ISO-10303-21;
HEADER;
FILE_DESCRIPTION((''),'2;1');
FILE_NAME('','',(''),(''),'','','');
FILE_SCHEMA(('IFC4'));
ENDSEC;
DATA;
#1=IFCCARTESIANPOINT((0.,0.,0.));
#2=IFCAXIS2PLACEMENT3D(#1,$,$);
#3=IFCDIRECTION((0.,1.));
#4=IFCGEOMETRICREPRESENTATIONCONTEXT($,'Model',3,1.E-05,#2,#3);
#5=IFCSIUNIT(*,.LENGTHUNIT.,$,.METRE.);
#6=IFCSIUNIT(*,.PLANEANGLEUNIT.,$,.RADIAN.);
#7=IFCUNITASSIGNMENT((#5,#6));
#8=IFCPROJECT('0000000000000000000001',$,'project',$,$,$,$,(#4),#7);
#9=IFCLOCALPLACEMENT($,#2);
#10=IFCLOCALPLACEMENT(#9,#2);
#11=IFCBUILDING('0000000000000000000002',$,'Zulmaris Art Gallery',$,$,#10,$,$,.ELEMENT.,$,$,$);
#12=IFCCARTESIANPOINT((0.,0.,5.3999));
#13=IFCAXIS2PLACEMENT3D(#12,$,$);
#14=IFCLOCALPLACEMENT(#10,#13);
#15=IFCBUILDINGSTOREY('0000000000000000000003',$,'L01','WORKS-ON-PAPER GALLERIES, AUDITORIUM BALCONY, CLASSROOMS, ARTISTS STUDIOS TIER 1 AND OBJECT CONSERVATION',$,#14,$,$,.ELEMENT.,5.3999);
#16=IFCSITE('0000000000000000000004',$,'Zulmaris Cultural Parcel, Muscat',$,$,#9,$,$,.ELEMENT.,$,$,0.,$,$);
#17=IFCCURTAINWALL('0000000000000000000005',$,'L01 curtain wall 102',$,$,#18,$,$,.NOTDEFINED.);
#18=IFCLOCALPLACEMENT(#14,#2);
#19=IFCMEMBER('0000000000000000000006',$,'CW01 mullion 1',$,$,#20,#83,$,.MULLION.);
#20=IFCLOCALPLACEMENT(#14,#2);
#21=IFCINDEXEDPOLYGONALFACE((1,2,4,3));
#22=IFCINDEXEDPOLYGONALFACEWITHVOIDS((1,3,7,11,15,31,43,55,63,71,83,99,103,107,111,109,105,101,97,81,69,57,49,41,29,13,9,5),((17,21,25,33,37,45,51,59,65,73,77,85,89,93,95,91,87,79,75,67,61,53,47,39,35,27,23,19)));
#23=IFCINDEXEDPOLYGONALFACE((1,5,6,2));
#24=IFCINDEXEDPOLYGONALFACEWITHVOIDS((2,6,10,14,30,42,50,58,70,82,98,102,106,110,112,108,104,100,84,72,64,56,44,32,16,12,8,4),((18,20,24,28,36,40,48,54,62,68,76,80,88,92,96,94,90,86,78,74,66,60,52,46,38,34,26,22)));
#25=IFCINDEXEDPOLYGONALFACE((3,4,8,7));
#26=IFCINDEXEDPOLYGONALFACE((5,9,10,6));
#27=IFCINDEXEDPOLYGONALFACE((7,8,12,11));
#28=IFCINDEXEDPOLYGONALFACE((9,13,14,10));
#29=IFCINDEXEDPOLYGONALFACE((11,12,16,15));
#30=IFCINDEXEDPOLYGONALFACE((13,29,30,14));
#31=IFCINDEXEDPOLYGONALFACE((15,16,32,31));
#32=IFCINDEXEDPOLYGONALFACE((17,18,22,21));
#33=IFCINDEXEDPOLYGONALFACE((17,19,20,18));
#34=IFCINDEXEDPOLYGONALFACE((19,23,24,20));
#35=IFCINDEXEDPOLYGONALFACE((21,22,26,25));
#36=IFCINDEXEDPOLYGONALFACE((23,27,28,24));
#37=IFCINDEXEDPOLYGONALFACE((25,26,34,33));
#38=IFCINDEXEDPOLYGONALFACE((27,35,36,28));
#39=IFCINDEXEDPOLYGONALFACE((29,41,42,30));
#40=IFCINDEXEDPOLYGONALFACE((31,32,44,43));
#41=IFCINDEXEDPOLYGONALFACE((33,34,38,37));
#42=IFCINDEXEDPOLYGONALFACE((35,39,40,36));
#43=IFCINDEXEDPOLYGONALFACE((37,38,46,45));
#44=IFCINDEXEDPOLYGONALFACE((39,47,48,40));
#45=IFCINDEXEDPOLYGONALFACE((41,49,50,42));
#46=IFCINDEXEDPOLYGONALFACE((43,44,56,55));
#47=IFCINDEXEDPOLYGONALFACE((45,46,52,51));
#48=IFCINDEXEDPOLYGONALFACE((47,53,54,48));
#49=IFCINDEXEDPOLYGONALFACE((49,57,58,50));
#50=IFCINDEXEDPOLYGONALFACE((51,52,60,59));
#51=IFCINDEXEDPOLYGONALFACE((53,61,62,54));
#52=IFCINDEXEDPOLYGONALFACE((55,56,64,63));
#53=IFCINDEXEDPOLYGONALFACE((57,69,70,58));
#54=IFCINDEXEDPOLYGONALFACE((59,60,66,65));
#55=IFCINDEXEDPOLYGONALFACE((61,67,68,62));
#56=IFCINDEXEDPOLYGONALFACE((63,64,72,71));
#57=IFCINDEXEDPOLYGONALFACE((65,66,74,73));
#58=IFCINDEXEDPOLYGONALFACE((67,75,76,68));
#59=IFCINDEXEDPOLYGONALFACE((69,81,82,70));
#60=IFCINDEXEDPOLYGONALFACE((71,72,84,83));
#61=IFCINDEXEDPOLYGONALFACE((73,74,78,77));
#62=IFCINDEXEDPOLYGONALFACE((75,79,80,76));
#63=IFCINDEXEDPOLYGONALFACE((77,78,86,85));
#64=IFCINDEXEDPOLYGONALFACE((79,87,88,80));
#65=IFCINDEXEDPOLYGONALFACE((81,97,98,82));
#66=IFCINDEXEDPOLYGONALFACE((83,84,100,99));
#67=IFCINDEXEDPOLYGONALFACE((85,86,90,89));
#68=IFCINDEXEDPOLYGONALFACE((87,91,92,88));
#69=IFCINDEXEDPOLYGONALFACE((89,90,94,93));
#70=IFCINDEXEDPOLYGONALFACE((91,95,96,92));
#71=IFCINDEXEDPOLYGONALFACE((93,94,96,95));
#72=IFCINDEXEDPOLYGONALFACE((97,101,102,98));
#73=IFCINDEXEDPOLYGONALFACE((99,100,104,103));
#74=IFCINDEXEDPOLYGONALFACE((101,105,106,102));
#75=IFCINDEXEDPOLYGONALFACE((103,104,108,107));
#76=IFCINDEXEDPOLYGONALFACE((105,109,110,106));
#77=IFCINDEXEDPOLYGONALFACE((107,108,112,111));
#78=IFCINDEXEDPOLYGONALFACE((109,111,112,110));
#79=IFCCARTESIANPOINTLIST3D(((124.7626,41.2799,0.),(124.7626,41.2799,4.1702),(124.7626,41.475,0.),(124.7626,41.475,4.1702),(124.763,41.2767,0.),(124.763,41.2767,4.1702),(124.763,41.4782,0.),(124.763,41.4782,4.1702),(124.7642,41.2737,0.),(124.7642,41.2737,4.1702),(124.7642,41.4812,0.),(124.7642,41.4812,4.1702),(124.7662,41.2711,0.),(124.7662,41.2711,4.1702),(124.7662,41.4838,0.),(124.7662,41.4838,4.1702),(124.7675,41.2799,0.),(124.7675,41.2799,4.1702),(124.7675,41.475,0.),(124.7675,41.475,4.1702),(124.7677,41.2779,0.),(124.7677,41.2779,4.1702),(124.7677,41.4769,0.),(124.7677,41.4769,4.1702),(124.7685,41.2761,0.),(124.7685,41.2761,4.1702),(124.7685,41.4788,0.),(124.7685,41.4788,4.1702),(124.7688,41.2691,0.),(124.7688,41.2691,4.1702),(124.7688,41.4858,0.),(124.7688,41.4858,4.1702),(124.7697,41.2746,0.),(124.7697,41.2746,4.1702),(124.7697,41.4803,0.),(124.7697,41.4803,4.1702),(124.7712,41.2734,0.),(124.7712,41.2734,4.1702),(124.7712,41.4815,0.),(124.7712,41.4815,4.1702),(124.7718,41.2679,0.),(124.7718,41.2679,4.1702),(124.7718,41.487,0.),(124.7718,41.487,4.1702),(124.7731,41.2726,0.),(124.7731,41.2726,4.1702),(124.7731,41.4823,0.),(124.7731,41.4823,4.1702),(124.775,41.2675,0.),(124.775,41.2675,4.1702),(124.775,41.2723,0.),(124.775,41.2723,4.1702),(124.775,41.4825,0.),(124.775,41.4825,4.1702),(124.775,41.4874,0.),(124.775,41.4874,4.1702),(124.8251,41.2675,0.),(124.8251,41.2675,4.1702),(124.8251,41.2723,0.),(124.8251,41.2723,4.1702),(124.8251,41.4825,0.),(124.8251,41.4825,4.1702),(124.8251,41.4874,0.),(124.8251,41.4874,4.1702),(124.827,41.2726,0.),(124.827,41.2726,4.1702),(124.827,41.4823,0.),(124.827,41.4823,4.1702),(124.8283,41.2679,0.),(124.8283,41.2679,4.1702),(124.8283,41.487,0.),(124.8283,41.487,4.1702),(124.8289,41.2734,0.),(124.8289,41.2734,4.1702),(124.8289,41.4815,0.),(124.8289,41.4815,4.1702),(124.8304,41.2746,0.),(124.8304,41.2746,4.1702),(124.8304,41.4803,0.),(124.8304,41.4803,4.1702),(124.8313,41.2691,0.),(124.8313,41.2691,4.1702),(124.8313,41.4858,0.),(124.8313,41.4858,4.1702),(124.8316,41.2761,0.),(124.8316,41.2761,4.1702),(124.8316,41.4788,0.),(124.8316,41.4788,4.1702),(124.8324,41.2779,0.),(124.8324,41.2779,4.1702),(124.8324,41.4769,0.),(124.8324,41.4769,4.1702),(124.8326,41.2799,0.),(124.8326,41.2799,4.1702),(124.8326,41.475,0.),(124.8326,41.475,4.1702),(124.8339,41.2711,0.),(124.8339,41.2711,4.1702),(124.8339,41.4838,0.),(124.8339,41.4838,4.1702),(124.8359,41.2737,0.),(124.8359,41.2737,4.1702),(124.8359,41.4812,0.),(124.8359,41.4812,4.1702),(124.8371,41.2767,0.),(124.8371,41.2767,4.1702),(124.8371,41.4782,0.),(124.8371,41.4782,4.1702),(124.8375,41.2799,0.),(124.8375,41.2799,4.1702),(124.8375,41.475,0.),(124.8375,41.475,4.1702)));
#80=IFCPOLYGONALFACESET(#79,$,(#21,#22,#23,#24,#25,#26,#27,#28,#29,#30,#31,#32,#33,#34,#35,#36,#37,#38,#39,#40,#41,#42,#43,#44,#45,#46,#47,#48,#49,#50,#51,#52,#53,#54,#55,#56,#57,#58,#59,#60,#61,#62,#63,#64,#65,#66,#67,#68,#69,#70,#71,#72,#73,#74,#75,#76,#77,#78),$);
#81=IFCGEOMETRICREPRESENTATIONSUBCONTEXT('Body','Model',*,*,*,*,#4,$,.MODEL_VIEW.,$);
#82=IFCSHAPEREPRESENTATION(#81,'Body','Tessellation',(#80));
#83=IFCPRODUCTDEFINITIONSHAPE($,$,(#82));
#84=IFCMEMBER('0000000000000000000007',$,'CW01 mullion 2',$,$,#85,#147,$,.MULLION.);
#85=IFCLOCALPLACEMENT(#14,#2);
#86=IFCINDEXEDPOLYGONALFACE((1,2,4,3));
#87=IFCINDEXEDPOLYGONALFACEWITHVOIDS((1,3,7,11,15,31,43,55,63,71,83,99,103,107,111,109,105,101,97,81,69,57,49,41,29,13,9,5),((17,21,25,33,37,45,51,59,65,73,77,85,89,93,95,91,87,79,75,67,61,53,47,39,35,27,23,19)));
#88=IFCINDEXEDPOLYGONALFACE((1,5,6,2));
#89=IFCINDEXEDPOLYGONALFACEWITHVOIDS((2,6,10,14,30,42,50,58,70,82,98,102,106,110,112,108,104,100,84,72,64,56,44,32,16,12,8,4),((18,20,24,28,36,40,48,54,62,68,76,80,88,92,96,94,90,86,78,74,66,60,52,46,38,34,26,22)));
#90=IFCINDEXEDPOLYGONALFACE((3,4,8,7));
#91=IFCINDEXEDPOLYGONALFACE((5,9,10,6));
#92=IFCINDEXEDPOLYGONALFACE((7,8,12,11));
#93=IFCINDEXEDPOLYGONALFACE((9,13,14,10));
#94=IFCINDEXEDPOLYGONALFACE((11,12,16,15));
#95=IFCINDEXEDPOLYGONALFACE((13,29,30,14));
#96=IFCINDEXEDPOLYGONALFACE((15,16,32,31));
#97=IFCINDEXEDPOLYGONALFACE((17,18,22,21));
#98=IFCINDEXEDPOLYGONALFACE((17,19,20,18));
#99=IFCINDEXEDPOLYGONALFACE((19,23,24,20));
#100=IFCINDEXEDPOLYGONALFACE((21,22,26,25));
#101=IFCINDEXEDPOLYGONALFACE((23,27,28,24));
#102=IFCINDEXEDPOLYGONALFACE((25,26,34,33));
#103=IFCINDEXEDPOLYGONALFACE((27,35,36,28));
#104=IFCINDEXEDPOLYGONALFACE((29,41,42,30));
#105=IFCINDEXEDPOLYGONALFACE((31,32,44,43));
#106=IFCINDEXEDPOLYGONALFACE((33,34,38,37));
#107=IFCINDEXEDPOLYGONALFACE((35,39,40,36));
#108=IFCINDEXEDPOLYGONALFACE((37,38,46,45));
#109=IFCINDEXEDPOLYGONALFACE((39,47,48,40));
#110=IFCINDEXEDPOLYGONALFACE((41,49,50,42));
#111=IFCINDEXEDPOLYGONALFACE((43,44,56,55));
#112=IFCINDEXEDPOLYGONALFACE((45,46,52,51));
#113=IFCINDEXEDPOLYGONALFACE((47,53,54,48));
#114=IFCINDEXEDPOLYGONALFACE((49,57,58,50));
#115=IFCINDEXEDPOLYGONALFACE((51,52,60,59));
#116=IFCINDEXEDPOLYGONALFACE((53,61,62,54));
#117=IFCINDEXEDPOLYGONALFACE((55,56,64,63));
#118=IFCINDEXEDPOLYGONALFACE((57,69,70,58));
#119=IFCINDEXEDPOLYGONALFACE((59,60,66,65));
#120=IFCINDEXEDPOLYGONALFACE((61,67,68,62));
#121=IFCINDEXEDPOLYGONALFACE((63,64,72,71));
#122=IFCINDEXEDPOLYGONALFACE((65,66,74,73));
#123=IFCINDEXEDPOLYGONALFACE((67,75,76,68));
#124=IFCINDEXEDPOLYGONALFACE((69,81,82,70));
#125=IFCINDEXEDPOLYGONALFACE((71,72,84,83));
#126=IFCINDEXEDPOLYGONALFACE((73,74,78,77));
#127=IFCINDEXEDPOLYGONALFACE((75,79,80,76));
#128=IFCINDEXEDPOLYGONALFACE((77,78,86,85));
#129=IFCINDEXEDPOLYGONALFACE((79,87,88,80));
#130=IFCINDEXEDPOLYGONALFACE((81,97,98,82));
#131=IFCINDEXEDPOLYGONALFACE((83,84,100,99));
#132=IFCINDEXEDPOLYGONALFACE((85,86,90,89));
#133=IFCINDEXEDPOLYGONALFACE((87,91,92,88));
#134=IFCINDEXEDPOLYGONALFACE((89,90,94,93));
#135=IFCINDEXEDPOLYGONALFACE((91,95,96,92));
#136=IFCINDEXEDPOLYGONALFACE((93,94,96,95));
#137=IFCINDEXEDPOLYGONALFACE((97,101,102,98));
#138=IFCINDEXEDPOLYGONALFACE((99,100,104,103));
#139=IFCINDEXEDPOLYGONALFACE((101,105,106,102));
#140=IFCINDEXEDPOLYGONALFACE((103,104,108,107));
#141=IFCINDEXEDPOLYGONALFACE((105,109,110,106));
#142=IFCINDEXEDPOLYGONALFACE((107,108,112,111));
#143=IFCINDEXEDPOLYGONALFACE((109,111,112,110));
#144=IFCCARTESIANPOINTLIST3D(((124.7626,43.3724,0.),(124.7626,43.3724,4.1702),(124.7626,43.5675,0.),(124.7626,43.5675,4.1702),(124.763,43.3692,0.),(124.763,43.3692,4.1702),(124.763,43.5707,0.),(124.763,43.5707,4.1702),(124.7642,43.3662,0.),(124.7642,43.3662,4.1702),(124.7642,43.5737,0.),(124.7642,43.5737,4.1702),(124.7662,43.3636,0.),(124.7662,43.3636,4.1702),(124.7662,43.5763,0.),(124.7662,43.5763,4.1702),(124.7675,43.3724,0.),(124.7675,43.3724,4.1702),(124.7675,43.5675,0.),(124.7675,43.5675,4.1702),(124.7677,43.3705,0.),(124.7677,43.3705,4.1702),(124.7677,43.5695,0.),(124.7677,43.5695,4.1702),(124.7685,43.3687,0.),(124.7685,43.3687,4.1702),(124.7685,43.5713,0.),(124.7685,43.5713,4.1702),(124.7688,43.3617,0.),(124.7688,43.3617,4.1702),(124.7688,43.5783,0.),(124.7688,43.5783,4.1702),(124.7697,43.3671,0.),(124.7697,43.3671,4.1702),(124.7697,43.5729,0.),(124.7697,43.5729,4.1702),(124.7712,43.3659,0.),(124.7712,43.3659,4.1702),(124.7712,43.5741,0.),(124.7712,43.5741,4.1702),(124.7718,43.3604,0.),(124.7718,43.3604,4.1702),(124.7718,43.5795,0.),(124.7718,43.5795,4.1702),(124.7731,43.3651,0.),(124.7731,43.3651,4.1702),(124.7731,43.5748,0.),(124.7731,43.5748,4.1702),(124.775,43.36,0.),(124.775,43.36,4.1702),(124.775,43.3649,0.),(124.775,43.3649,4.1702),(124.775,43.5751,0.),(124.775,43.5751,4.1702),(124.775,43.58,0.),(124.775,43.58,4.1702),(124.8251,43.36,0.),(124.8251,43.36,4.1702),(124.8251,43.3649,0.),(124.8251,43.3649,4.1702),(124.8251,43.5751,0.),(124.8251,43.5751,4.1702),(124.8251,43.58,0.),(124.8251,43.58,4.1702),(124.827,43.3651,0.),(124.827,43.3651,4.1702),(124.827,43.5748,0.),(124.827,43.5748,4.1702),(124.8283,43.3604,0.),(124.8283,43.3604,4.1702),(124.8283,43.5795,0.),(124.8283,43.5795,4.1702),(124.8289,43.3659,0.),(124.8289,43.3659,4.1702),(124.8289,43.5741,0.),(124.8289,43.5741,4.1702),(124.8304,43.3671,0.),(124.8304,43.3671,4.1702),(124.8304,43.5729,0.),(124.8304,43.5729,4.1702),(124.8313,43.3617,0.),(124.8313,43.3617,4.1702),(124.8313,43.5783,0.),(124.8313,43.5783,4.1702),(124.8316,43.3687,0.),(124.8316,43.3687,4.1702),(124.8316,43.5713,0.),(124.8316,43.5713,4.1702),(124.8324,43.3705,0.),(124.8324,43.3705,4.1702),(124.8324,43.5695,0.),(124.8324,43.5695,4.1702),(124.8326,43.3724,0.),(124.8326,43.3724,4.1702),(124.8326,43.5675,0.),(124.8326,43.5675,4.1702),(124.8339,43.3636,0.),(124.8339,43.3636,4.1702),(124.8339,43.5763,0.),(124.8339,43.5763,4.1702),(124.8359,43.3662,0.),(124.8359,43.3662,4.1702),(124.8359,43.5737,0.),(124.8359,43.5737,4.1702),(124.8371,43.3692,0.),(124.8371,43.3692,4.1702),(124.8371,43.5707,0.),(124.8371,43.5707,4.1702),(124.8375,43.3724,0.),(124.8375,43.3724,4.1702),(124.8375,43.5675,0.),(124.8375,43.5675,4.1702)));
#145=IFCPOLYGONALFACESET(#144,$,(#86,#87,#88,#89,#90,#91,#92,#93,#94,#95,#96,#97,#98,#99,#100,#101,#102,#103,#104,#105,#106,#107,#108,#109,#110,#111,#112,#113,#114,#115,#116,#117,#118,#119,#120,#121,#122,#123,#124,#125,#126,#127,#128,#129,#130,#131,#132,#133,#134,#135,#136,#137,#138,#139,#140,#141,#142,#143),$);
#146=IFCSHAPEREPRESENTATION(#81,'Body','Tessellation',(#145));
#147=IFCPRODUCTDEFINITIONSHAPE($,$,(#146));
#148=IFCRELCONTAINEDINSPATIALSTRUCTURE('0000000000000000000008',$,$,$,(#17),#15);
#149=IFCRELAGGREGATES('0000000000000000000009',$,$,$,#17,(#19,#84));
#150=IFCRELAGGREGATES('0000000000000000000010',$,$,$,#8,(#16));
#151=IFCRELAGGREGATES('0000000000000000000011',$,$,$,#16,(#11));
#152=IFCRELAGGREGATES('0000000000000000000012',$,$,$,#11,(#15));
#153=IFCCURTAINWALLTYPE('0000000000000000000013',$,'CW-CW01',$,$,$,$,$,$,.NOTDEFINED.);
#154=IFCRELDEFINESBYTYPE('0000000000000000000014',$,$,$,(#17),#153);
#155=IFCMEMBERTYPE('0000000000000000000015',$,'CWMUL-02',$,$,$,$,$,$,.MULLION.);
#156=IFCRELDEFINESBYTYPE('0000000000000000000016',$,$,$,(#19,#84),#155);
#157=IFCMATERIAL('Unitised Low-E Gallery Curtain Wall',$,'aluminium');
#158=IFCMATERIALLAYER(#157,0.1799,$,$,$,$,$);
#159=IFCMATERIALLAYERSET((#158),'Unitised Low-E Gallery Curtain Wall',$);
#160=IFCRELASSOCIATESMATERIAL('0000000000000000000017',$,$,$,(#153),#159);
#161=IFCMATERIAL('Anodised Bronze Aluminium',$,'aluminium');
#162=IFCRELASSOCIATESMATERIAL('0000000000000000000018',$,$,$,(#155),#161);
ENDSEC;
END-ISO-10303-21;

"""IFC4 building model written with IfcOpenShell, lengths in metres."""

from ifc_helpers import new_model, si_unit, direction, frame, origin, origin_2d, place, context, subcontext, project, spatial, hollow_rectangle, extrude, material, layer, layer_set, material_profile, profile_set, type_object, element, aggregate, save


model = new_model("IFC4")

# Units and contexts
model_context = context("Model", 3, precision=1e-05, world=origin(), true_north=direction((0.0, 1.0)))
body_context = subcontext(model_context, "Body", "Model", "MODEL_VIEW")
ifc_project = project(units=[si_unit("LENGTHUNIT", "METRE"), si_unit("PLANEANGLEUNIT", "RADIAN")], contexts=[model_context])

# Site, building, storey
site_placement = place(None, origin())
site = spatial("IfcSite", under=ifc_project, at=site_placement, Name="Zulmaris Cultural Parcel, Muscat", CompositionType="ELEMENT", RefElevation=0.0)
building_placement = place(site_placement, origin())
building = spatial("IfcBuilding", under=site, at=building_placement, Name="Zulmaris Art Gallery", CompositionType="ELEMENT")
storey_placement = place(building_placement, frame((0.0, 0.0, 5.3999)))
storey = spatial("IfcBuildingStorey", under=building, at=storey_placement, Name="L01", Description="WORKS-ON-PAPER GALLERIES, AUDITORIUM BALCONY, CLASSROOMS, ARTISTS STUDIOS TIER 1 AND OBJECT CONSERVATION", CompositionType="ELEMENT", Elevation=5.3999)

# Curtain wall, members
ifc_material_1 = material(Name="Unitised Low-E Gallery Curtain Wall", Category="aluminium")
ifc_layer_1 = layer(ifc_material_1, 0.1799)
ifc_layer_set_1 = layer_set([ifc_layer_1], Name="Unitised Low-E Gallery Curtain Wall")
curtain_wall_type = type_object("IfcCurtainWallType", Name="CW-CW01", PredefinedType="NOTDEFINED", material=ifc_layer_set_1)
ifc_material_2 = material(Name="Anodised Bronze Aluminium", Category="aluminium")
ifc_material_profile_1 = material_profile(ifc_material_2, hollow_rectangle(XDim=0.075, YDim=0.22, WallThickness=0.0049, InnerFilletRadius=0.0076, OuterFilletRadius=0.0125, at=origin_2d()), Name="ALU 75x220x5")
ifc_profile_set_1 = profile_set([ifc_material_profile_1], Name="Anodised Bronze Aluminium")
member_type_1 = type_object("IfcMemberType", Name="CWMUL-02", PredefinedType="MULLION", material=ifc_profile_set_1)
curtain_wall_1_placement = place(storey_placement, origin())
curtain_wall_1 = element("IfcCurtainWall", 1, at=curtain_wall_1_placement, inside=storey, type_object=curtain_wall_type, Name="L01 curtain wall 102", PredefinedType="NOTDEFINED")
member_1_placement = place(storey_placement, frame((124.8, 41.3774, 0.0), z_axis=(0.0, 0.0, 1.0), x_axis=(-1.0, 0.0, 0.0)))
member_1 = element("IfcMember", 2, at=member_1_placement, type_object=member_type_1, Name="CW01 mullion 1", PredefinedType="MULLION", context=body_context, shape_type="SweptSolid", body=[
    extrude(hollow_rectangle(XDim=0.075, YDim=0.22, WallThickness=0.0049, InnerFilletRadius=0.0076, OuterFilletRadius=0.0125, at=origin_2d()), origin(), (0.0, 0.0, 1.0), 4.1702),
])
member_2_placement = place(storey_placement, frame((124.8, 43.47, 0.0), z_axis=(0.0, 0.0, 1.0), x_axis=(-1.0, 0.0, 0.0)))
member_2 = element("IfcMember", 3, at=member_2_placement, type_object=member_type_1, Name="CW01 mullion 2", PredefinedType="MULLION", context=body_context, shape_type="SweptSolid", body=[
    extrude(hollow_rectangle(XDim=0.075, YDim=0.22, WallThickness=0.0049, InnerFilletRadius=0.0076, OuterFilletRadius=0.0125, at=origin_2d()), origin(), (0.0, 0.0, 1.0), 4.1702),
])

aggregate(curtain_wall_1, [member_1, member_2])

save(model, "model.ifc")
